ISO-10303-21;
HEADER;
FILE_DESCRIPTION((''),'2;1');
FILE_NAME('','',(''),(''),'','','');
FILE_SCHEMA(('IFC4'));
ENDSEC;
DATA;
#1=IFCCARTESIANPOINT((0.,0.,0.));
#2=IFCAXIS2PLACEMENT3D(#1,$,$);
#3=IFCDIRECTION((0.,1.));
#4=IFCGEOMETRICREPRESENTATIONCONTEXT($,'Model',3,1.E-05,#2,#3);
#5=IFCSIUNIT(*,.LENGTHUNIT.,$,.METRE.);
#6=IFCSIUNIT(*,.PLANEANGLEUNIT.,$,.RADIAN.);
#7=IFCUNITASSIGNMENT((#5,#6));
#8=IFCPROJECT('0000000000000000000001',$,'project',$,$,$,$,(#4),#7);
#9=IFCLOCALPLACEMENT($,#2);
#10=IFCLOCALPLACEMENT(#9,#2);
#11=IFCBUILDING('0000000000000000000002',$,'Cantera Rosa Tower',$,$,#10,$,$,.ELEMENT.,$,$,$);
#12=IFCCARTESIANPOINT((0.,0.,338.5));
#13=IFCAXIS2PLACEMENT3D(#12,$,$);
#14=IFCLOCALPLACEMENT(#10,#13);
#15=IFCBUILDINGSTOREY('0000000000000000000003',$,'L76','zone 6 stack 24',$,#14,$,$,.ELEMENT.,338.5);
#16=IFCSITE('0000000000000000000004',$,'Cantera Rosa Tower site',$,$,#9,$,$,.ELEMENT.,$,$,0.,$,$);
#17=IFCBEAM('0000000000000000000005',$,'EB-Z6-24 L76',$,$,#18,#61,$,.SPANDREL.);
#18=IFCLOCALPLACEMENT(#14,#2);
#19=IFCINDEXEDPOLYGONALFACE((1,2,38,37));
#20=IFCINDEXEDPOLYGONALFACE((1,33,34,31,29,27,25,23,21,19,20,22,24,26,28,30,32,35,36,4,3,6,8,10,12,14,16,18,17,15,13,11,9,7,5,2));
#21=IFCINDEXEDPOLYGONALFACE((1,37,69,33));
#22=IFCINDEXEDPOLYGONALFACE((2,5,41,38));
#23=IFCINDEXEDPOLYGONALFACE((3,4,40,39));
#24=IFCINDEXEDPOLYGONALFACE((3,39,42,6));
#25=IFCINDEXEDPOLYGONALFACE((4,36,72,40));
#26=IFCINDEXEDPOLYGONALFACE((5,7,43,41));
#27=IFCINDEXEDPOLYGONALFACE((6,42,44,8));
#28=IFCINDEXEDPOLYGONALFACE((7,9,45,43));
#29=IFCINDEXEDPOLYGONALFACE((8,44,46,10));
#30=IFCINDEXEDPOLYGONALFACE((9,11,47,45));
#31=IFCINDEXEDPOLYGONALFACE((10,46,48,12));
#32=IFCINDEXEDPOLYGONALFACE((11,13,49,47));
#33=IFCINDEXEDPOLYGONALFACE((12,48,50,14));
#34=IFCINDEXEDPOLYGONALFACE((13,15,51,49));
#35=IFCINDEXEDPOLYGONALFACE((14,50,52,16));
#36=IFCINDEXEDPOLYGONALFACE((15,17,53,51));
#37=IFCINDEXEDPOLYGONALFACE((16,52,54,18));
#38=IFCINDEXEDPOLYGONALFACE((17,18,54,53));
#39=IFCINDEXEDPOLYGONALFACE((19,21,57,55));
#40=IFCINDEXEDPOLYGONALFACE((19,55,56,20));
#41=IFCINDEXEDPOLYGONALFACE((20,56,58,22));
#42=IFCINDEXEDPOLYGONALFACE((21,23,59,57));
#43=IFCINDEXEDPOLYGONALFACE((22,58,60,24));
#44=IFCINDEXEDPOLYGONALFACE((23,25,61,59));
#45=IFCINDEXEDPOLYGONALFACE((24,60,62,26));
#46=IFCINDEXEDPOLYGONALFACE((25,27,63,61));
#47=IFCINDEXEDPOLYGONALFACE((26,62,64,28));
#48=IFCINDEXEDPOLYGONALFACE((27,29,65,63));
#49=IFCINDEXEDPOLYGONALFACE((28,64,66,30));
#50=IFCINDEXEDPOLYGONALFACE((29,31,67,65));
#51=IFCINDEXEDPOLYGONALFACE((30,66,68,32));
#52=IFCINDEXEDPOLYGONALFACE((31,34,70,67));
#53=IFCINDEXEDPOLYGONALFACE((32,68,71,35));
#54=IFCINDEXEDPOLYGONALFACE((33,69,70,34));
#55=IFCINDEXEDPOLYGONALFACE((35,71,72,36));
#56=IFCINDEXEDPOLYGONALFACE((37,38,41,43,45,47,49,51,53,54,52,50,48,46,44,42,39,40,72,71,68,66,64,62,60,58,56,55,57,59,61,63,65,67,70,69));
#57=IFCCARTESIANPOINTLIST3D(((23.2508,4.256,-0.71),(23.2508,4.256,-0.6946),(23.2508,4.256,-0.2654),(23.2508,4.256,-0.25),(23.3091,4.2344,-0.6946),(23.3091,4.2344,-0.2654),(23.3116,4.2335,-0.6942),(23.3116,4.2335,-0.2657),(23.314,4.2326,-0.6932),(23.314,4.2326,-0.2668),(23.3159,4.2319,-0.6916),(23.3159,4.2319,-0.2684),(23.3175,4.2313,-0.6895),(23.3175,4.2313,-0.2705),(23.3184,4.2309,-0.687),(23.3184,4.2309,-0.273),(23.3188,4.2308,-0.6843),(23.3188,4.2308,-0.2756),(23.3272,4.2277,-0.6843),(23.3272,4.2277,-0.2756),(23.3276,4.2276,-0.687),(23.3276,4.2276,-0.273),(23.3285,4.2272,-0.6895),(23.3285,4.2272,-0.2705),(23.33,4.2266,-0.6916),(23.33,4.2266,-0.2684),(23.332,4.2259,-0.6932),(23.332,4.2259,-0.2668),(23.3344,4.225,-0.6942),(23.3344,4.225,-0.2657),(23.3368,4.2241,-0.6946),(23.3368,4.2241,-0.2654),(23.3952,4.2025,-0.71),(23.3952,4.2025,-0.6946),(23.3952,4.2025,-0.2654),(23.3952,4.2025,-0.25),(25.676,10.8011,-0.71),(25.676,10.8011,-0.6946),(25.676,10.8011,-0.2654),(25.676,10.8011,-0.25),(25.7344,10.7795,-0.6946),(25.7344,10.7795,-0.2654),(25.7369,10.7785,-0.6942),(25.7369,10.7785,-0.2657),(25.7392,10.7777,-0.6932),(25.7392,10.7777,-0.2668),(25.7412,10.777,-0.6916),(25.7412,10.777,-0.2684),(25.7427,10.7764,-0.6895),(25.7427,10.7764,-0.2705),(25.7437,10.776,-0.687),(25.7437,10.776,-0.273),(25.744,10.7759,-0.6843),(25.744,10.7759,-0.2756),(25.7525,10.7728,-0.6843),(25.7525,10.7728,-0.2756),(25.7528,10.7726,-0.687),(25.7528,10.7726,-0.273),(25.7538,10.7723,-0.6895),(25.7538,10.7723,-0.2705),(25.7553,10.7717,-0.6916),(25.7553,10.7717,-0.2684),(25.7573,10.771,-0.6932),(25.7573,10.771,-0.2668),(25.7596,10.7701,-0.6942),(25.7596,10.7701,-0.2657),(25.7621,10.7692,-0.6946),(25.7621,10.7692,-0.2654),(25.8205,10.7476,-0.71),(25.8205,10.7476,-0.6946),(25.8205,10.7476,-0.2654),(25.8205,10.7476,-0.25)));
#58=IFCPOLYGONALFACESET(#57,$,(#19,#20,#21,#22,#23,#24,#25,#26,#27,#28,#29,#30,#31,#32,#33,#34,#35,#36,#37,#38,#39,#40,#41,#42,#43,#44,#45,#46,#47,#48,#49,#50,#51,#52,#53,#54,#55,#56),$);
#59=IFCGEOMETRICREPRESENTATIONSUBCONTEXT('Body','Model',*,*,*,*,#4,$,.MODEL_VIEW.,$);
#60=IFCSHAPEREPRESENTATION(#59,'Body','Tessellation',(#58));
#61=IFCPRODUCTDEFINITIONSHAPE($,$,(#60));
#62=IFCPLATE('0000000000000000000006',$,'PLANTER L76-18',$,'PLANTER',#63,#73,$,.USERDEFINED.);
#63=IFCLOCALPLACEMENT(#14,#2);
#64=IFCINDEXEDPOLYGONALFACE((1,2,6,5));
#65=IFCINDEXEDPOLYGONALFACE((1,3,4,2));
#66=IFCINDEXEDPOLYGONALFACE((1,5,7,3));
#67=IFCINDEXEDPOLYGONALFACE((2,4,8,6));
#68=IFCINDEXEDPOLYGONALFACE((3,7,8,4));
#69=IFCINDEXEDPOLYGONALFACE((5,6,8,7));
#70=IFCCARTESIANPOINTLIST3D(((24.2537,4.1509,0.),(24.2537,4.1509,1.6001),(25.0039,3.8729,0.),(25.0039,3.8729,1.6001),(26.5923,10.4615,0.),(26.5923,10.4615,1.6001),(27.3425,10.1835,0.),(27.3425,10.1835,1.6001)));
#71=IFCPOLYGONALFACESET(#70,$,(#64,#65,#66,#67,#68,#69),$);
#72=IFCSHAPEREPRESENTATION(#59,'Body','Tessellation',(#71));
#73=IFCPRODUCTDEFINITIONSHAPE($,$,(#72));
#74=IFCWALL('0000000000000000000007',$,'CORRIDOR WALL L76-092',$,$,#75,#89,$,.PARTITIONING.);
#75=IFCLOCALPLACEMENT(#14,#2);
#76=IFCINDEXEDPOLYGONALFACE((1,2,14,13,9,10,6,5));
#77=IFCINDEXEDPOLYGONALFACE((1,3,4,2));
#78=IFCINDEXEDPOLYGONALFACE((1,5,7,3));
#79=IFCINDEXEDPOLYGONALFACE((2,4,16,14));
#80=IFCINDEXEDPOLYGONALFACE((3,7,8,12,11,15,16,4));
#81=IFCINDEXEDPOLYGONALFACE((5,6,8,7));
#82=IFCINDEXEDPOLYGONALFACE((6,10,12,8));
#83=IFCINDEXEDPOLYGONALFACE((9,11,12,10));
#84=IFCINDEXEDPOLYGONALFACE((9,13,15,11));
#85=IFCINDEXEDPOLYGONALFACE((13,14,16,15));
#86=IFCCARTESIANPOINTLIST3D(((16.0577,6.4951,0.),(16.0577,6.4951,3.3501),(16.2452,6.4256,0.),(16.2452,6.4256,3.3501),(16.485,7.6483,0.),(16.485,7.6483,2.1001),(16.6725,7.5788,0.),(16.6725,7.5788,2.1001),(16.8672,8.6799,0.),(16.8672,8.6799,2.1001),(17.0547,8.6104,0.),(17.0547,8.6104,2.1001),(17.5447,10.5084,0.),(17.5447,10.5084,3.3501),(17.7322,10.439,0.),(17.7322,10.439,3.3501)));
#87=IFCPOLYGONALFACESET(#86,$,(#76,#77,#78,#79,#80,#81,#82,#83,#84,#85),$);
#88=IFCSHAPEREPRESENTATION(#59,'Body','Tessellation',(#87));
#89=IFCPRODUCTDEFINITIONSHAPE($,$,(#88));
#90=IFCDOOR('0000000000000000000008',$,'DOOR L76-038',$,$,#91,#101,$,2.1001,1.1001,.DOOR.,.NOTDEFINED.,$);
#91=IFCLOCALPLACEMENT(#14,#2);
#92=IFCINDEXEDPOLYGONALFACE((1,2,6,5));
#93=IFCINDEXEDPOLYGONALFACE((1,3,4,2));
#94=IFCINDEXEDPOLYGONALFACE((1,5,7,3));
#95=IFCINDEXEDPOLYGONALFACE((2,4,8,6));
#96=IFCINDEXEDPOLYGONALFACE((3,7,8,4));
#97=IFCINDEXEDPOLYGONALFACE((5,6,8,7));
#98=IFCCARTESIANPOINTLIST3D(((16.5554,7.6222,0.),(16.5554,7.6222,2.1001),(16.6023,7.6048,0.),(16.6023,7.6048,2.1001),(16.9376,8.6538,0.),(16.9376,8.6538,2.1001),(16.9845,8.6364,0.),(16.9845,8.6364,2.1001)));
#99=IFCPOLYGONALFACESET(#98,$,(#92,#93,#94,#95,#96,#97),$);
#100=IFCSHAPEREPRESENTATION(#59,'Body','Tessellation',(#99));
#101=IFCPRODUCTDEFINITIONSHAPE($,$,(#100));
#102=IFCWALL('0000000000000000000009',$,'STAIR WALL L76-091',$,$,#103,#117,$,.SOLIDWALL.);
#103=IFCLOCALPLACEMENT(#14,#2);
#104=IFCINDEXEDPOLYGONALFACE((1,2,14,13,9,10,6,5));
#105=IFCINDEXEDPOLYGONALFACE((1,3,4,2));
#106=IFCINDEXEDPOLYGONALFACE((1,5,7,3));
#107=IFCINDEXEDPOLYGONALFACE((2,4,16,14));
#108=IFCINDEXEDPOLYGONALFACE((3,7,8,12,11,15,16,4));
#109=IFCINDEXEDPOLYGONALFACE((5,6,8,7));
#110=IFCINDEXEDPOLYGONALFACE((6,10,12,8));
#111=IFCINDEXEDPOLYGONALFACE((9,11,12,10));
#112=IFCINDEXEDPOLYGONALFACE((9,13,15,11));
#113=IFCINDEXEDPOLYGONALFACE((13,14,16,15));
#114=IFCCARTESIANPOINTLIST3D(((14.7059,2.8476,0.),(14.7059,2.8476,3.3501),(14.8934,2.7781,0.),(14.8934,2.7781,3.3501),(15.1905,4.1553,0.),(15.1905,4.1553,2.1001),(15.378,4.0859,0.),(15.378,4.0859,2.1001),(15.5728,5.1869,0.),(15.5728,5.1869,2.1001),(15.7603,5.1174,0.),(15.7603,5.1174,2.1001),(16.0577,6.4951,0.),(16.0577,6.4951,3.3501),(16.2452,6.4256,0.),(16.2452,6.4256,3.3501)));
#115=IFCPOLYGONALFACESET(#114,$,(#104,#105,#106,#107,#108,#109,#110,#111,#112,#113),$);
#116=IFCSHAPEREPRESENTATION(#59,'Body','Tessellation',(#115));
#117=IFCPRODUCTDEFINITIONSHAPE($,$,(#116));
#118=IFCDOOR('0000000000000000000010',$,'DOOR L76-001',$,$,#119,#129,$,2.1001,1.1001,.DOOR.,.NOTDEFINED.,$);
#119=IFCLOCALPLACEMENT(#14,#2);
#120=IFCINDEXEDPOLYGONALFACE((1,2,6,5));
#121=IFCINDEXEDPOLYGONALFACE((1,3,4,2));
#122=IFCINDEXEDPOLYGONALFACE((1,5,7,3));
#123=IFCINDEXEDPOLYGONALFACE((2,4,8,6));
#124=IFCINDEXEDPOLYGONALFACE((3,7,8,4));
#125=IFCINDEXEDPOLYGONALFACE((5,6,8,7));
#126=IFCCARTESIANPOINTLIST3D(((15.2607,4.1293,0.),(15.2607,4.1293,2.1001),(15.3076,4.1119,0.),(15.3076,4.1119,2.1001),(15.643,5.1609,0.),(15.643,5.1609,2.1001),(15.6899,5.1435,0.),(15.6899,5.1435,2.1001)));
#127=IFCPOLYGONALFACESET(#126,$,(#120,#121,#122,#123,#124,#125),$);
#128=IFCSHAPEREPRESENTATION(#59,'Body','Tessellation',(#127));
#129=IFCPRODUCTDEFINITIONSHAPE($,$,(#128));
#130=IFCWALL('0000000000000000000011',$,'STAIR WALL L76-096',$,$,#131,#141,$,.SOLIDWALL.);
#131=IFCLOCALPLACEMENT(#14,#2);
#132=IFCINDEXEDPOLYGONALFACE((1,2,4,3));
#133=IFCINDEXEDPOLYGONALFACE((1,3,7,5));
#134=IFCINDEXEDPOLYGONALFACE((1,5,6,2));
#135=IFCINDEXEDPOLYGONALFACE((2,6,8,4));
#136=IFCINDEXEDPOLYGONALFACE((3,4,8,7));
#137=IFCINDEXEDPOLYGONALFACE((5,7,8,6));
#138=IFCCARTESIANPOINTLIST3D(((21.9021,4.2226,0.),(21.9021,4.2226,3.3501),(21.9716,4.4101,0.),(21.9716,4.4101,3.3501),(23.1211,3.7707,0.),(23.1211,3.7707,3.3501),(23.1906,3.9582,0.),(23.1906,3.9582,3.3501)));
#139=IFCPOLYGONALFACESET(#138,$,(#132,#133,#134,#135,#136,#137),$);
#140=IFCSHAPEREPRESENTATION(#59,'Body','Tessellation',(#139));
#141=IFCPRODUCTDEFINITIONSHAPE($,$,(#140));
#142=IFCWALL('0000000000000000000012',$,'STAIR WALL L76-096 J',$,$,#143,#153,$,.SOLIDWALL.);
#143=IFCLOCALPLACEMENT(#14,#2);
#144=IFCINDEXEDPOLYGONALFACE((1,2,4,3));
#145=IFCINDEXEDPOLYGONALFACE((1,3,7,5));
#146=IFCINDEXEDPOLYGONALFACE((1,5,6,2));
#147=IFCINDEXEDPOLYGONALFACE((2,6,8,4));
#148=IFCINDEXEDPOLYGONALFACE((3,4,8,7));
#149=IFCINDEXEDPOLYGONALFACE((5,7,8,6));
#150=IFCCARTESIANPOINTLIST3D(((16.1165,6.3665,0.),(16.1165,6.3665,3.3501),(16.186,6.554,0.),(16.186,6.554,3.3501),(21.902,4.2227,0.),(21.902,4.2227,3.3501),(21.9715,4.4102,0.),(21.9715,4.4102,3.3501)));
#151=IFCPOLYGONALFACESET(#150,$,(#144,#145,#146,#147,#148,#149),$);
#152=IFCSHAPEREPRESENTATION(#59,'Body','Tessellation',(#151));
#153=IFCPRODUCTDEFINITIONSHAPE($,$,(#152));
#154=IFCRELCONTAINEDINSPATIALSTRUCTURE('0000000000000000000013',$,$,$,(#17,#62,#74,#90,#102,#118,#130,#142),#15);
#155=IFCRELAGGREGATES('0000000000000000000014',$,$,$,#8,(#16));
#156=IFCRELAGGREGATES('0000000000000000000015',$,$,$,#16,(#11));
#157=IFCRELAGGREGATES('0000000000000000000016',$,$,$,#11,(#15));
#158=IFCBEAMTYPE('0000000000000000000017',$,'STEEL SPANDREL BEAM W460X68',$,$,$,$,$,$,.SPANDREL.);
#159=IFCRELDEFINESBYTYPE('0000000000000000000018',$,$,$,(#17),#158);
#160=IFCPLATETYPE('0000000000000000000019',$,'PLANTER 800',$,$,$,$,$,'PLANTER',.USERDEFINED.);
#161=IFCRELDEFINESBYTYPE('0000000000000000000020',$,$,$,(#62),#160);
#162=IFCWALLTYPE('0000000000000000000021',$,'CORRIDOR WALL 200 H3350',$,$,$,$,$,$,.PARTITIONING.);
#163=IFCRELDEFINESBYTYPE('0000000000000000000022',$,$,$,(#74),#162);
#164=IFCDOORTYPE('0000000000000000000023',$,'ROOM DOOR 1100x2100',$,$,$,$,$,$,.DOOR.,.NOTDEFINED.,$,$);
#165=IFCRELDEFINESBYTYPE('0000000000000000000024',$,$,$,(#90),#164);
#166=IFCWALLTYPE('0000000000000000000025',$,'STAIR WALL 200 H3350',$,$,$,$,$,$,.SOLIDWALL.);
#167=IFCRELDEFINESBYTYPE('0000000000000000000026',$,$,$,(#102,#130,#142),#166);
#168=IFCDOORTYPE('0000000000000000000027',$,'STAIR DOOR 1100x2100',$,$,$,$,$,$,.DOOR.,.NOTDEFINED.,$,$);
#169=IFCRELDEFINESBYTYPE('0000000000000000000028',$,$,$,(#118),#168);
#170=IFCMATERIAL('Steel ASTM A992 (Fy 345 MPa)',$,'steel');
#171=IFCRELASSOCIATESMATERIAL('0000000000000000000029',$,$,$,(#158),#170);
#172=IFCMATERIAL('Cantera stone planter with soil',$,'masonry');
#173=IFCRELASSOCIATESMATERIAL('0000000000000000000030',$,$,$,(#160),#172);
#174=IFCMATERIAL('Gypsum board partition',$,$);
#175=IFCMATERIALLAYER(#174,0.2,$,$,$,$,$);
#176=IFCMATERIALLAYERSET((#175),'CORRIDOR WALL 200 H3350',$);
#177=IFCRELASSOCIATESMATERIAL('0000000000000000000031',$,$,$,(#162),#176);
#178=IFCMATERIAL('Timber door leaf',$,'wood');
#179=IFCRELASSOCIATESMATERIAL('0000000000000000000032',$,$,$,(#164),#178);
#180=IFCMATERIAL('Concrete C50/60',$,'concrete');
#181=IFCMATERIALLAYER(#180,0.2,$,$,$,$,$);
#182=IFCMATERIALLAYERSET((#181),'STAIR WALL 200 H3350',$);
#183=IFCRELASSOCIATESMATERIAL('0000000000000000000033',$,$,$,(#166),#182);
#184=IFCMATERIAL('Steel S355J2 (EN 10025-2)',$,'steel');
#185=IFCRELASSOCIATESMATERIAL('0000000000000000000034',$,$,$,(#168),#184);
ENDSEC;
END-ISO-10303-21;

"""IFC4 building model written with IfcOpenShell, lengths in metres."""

from ifc_helpers import new_model, si_unit, direction, frame, frame_2d, origin, origin_2d, place, context, subcontext, project, spatial, rectangle, i_section, extrude, material, layer, layer_set, material_profile, profile_set, type_object, element, fill, save


model = new_model("IFC4")

# Units and contexts
model_context = context("Model", 3, precision=1e-05, world=origin(), true_north=direction((0.0, 1.0)))
body_context = subcontext(model_context, "Body", "Model", "MODEL_VIEW")
ifc_project = project(units=[si_unit("LENGTHUNIT", "METRE"), si_unit("PLANEANGLEUNIT", "RADIAN")], contexts=[model_context])

# Site, building, storey
site_placement = place(None, origin())
site = spatial("IfcSite", under=ifc_project, at=site_placement, Name="Cantera Rosa Tower site", CompositionType="ELEMENT", RefElevation=0.0)
building_placement = place(site_placement, origin())
building = spatial("IfcBuilding", under=site, at=building_placement, Name="Cantera Rosa Tower", CompositionType="ELEMENT")
storey_placement = place(building_placement, frame((0.0, 0.0, 338.5)))
storey = spatial("IfcBuildingStorey", under=building, at=storey_placement, Name="L76", Description="zone 6 stack 24", CompositionType="ELEMENT", Elevation=338.5)

# Beam
ifc_material_1 = material(Name="Steel ASTM A992 (Fy 345 MPa)", Category="steel")
ifc_material_profile_1 = material_profile(ifc_material_1, i_section(OverallWidth=0.1541, OverallDepth=0.46, WebThickness=0.009, FlangeThickness=0.0154, FilletRadius=0.0103, at=origin_2d()), Name="W460X68")
ifc_profile_set_1 = profile_set([ifc_material_profile_1], Name="Steel ASTM A992 (Fy 345 MPa)")
beam_type_1 = type_object("IfcBeamType", Name="STEEL SPANDREL BEAM W460X68", PredefinedType="SPANDREL", material=ifc_profile_set_1)
beam_1_placement = place(storey_placement, frame((23.323, 4.2292, -0.48), z_axis=(0.34746, 0.937695, 0.0), x_axis=(-0.937695, 0.34746, 0.0)))
element("IfcBeam", 1, at=beam_1_placement, inside=storey, type_object=beam_type_1, Name="EB-Z6-24 L76", PredefinedType="SPANDREL", context=body_context, shape_type="SweptSolid", body=[
    extrude(i_section(OverallWidth=0.1541, OverallDepth=0.46, WebThickness=0.009, FlangeThickness=0.0154, FilletRadius=0.0103, at=origin_2d()), origin(), (0.0, 0.0, 1.0), 6.98),
])

# Plate
ifc_material_2 = material(Name="Cantera stone planter with soil", Category="masonry")
plate_type = type_object("IfcPlateType", Name="PLANTER 800", ElementType="PLANTER", PredefinedType="USERDEFINED", material=ifc_material_2)
plate_placement = place(storey_placement, frame((25.7981, 7.1672, 0.0), z_axis=(0.0, 0.0, 1.0), x_axis=(0.347481, 0.937687, 0.0)))
element("IfcPlate", 2, at=plate_placement, inside=storey, type_object=plate_type, Name="PLANTER L76-18", ObjectType="PLANTER", PredefinedType="USERDEFINED", context=body_context, shape_type="SweptSolid", body=[
    extrude(rectangle(XDim=6.73, YDim=0.8, at=origin_2d()), origin(), (0.0, 0.0, 1.0), 1.6001),
])

# Wall, opening, door
ifc_material_3 = material(Name="Gypsum board partition")
ifc_layer_1 = layer(ifc_material_3, 0.2)
ifc_layer_set_1 = layer_set([ifc_layer_1], Name="CORRIDOR WALL 200 H3350")
wall_type_1 = type_object("IfcWallType", Name="CORRIDOR WALL 200 H3350", PredefinedType="PARTITIONING", material=ifc_layer_set_1)
wall_1_placement = place(storey_placement, frame((16.1514, 6.4602, 0.0), z_axis=(0.0, 0.0, 1.0), x_axis=(0.347439, 0.937703, 0.0)))
wall_1 = element("IfcWall", 3, at=wall_1_placement, inside=storey, type_object=wall_type_1, Name="CORRIDOR WALL L76-092", PredefinedType="PARTITIONING", context=body_context, shape_type="SweptSolid", body=[
    extrude(rectangle(XDim=4.28, YDim=0.2, at=frame_2d((2.1401, 0.0))), origin(), (0.0, 0.0, 1.0), 3.3501),
])
opening_1_placement = place(wall_1_placement, frame((1.23, 0.0, 0.0)))
opening_1 = element("IfcOpeningElement", 4, at=opening_1_placement, cuts=wall_1, PredefinedType="OPENING", context=body_context, shape_type="SweptSolid", body=[
    extrude(rectangle(XDim=1.1001, YDim=2.1001, at=frame_2d((0.55, 1.05))), frame((0.0, 0.1099, 0.0), z_axis=(0.0, -1.0, 0.0), x_axis=(1.0, 0.0, 0.0)), (0.0, 0.0, 1.0), 0.22),
])
ifc_material_4 = material(Name="Timber door leaf", Category="wood")
door_type_1 = type_object("IfcDoorType", Name="ROOM DOOR 1100x2100", OperationType="NOTDEFINED", PredefinedType="DOOR", material=ifc_material_4)
door_1_placement = place(opening_1_placement, origin())
door_1 = element("IfcDoor", 5, at=door_1_placement, inside=storey, type_object=door_type_1, Name="DOOR L76-038", OperationType="NOTDEFINED", OverallHeight=2.1001, OverallWidth=1.1001, PredefinedType="DOOR", context=body_context, shape_type="SweptSolid", body=[
    extrude(rectangle(XDim=1.1001, YDim=2.1001, at=frame_2d((0.55, 1.05))), frame((0.0, 0.0249, 0.0), z_axis=(0.0, -1.0, 0.0), x_axis=(1.0, 0.0, 0.0)), (0.0, 0.0, 1.0), 0.05),
])
fill(opening_1, door_1)

# Wall, opening, door
ifc_material_5 = material(Name="Concrete C50/60", Category="concrete")
ifc_layer_2 = layer(ifc_material_5, 0.2)
ifc_layer_set_2 = layer_set([ifc_layer_2], Name="STAIR WALL 200 H3350")
wall_type_2 = type_object("IfcWallType", Name="STAIR WALL 200 H3350", PredefinedType="SOLIDWALL", material=ifc_layer_set_2)
wall_2_placement = place(storey_placement, frame((16.1514, 6.4602, 0.0), z_axis=(0.0, 0.0, 1.0), x_axis=(-0.347517, -0.937674, 0.0)))
wall_2 = element("IfcWall", 6, at=wall_2_placement, inside=storey, type_object=wall_type_2, Name="STAIR WALL L76-091", PredefinedType="SOLIDWALL", context=body_context, shape_type="SweptSolid", body=[
    extrude(rectangle(XDim=3.8899, YDim=0.2, at=frame_2d((1.9448, 0.0))), origin(), (0.0, 0.0, 1.0), 3.3501),
])
opening_2_placement = place(wall_2_placement, frame((1.395, 0.0, 0.0)))
opening_2 = element("IfcOpeningElement", 7, at=opening_2_placement, cuts=wall_2, PredefinedType="OPENING", context=body_context, shape_type="SweptSolid", body=[
    extrude(rectangle(XDim=1.1001, YDim=2.1001, at=frame_2d((0.55, 1.05))), frame((0.0, 0.1099, 0.0), z_axis=(0.0, -1.0, 0.0), x_axis=(1.0, 0.0, 0.0)), (0.0, 0.0, 1.0), 0.22),
])
ifc_material_6 = material(Name="Steel S355J2 (EN 10025-2)", Category="steel")
door_type_2 = type_object("IfcDoorType", Name="STAIR DOOR 1100x2100", OperationType="NOTDEFINED", PredefinedType="DOOR", material=ifc_material_6)
door_2_placement = place(opening_2_placement, origin())
door_2 = element("IfcDoor", 8, at=door_2_placement, inside=storey, type_object=door_type_2, Name="DOOR L76-001", OperationType="NOTDEFINED", OverallHeight=2.1001, OverallWidth=1.1001, PredefinedType="DOOR", context=body_context, shape_type="SweptSolid", body=[
    extrude(rectangle(XDim=1.1001, YDim=2.1001, at=frame_2d((0.55, 1.05))), frame((0.0, 0.0249, 0.0), z_axis=(0.0, -1.0, 0.0), x_axis=(1.0, 0.0, 0.0)), (0.0, 0.0, 1.0), 0.05),
])
fill(opening_2, door_2)

# Walls
wall_3_placement = place(storey_placement, frame((23.1558, 3.8645, 0.0), z_axis=(0.0, 0.0, 1.0), x_axis=(-0.937642, 0.347602, 0.0)))
element("IfcWall", 9, at=wall_3_placement, inside=storey, type_object=wall_type_2, Name="STAIR WALL L76-096", PredefinedType="SOLIDWALL", context=body_context, shape_type="SweptSolid", body=[
    extrude(rectangle(XDim=1.3, YDim=0.2, at=frame_2d((0.6499, 0.0))), origin(), (0.0, 0.0, 1.0), 3.3501),
])
wall_4_placement = place(storey_placement, frame((21.9368, 4.3164, 0.0), z_axis=(0.0, 0.0, 1.0), x_axis=(-0.937693, 0.347465, 0.0)))
element("IfcWall", 10, at=wall_4_placement, inside=storey, type_object=wall_type_2, Name="STAIR WALL L76-096 J", PredefinedType="SOLIDWALL", context=body_context, shape_type="SweptSolid", body=[
    extrude(rectangle(XDim=6.1699, YDim=0.2, at=frame_2d((3.085, 0.0))), origin(), (0.0, 0.0, 1.0), 3.3501),
])

save(model, "model.ifc")
